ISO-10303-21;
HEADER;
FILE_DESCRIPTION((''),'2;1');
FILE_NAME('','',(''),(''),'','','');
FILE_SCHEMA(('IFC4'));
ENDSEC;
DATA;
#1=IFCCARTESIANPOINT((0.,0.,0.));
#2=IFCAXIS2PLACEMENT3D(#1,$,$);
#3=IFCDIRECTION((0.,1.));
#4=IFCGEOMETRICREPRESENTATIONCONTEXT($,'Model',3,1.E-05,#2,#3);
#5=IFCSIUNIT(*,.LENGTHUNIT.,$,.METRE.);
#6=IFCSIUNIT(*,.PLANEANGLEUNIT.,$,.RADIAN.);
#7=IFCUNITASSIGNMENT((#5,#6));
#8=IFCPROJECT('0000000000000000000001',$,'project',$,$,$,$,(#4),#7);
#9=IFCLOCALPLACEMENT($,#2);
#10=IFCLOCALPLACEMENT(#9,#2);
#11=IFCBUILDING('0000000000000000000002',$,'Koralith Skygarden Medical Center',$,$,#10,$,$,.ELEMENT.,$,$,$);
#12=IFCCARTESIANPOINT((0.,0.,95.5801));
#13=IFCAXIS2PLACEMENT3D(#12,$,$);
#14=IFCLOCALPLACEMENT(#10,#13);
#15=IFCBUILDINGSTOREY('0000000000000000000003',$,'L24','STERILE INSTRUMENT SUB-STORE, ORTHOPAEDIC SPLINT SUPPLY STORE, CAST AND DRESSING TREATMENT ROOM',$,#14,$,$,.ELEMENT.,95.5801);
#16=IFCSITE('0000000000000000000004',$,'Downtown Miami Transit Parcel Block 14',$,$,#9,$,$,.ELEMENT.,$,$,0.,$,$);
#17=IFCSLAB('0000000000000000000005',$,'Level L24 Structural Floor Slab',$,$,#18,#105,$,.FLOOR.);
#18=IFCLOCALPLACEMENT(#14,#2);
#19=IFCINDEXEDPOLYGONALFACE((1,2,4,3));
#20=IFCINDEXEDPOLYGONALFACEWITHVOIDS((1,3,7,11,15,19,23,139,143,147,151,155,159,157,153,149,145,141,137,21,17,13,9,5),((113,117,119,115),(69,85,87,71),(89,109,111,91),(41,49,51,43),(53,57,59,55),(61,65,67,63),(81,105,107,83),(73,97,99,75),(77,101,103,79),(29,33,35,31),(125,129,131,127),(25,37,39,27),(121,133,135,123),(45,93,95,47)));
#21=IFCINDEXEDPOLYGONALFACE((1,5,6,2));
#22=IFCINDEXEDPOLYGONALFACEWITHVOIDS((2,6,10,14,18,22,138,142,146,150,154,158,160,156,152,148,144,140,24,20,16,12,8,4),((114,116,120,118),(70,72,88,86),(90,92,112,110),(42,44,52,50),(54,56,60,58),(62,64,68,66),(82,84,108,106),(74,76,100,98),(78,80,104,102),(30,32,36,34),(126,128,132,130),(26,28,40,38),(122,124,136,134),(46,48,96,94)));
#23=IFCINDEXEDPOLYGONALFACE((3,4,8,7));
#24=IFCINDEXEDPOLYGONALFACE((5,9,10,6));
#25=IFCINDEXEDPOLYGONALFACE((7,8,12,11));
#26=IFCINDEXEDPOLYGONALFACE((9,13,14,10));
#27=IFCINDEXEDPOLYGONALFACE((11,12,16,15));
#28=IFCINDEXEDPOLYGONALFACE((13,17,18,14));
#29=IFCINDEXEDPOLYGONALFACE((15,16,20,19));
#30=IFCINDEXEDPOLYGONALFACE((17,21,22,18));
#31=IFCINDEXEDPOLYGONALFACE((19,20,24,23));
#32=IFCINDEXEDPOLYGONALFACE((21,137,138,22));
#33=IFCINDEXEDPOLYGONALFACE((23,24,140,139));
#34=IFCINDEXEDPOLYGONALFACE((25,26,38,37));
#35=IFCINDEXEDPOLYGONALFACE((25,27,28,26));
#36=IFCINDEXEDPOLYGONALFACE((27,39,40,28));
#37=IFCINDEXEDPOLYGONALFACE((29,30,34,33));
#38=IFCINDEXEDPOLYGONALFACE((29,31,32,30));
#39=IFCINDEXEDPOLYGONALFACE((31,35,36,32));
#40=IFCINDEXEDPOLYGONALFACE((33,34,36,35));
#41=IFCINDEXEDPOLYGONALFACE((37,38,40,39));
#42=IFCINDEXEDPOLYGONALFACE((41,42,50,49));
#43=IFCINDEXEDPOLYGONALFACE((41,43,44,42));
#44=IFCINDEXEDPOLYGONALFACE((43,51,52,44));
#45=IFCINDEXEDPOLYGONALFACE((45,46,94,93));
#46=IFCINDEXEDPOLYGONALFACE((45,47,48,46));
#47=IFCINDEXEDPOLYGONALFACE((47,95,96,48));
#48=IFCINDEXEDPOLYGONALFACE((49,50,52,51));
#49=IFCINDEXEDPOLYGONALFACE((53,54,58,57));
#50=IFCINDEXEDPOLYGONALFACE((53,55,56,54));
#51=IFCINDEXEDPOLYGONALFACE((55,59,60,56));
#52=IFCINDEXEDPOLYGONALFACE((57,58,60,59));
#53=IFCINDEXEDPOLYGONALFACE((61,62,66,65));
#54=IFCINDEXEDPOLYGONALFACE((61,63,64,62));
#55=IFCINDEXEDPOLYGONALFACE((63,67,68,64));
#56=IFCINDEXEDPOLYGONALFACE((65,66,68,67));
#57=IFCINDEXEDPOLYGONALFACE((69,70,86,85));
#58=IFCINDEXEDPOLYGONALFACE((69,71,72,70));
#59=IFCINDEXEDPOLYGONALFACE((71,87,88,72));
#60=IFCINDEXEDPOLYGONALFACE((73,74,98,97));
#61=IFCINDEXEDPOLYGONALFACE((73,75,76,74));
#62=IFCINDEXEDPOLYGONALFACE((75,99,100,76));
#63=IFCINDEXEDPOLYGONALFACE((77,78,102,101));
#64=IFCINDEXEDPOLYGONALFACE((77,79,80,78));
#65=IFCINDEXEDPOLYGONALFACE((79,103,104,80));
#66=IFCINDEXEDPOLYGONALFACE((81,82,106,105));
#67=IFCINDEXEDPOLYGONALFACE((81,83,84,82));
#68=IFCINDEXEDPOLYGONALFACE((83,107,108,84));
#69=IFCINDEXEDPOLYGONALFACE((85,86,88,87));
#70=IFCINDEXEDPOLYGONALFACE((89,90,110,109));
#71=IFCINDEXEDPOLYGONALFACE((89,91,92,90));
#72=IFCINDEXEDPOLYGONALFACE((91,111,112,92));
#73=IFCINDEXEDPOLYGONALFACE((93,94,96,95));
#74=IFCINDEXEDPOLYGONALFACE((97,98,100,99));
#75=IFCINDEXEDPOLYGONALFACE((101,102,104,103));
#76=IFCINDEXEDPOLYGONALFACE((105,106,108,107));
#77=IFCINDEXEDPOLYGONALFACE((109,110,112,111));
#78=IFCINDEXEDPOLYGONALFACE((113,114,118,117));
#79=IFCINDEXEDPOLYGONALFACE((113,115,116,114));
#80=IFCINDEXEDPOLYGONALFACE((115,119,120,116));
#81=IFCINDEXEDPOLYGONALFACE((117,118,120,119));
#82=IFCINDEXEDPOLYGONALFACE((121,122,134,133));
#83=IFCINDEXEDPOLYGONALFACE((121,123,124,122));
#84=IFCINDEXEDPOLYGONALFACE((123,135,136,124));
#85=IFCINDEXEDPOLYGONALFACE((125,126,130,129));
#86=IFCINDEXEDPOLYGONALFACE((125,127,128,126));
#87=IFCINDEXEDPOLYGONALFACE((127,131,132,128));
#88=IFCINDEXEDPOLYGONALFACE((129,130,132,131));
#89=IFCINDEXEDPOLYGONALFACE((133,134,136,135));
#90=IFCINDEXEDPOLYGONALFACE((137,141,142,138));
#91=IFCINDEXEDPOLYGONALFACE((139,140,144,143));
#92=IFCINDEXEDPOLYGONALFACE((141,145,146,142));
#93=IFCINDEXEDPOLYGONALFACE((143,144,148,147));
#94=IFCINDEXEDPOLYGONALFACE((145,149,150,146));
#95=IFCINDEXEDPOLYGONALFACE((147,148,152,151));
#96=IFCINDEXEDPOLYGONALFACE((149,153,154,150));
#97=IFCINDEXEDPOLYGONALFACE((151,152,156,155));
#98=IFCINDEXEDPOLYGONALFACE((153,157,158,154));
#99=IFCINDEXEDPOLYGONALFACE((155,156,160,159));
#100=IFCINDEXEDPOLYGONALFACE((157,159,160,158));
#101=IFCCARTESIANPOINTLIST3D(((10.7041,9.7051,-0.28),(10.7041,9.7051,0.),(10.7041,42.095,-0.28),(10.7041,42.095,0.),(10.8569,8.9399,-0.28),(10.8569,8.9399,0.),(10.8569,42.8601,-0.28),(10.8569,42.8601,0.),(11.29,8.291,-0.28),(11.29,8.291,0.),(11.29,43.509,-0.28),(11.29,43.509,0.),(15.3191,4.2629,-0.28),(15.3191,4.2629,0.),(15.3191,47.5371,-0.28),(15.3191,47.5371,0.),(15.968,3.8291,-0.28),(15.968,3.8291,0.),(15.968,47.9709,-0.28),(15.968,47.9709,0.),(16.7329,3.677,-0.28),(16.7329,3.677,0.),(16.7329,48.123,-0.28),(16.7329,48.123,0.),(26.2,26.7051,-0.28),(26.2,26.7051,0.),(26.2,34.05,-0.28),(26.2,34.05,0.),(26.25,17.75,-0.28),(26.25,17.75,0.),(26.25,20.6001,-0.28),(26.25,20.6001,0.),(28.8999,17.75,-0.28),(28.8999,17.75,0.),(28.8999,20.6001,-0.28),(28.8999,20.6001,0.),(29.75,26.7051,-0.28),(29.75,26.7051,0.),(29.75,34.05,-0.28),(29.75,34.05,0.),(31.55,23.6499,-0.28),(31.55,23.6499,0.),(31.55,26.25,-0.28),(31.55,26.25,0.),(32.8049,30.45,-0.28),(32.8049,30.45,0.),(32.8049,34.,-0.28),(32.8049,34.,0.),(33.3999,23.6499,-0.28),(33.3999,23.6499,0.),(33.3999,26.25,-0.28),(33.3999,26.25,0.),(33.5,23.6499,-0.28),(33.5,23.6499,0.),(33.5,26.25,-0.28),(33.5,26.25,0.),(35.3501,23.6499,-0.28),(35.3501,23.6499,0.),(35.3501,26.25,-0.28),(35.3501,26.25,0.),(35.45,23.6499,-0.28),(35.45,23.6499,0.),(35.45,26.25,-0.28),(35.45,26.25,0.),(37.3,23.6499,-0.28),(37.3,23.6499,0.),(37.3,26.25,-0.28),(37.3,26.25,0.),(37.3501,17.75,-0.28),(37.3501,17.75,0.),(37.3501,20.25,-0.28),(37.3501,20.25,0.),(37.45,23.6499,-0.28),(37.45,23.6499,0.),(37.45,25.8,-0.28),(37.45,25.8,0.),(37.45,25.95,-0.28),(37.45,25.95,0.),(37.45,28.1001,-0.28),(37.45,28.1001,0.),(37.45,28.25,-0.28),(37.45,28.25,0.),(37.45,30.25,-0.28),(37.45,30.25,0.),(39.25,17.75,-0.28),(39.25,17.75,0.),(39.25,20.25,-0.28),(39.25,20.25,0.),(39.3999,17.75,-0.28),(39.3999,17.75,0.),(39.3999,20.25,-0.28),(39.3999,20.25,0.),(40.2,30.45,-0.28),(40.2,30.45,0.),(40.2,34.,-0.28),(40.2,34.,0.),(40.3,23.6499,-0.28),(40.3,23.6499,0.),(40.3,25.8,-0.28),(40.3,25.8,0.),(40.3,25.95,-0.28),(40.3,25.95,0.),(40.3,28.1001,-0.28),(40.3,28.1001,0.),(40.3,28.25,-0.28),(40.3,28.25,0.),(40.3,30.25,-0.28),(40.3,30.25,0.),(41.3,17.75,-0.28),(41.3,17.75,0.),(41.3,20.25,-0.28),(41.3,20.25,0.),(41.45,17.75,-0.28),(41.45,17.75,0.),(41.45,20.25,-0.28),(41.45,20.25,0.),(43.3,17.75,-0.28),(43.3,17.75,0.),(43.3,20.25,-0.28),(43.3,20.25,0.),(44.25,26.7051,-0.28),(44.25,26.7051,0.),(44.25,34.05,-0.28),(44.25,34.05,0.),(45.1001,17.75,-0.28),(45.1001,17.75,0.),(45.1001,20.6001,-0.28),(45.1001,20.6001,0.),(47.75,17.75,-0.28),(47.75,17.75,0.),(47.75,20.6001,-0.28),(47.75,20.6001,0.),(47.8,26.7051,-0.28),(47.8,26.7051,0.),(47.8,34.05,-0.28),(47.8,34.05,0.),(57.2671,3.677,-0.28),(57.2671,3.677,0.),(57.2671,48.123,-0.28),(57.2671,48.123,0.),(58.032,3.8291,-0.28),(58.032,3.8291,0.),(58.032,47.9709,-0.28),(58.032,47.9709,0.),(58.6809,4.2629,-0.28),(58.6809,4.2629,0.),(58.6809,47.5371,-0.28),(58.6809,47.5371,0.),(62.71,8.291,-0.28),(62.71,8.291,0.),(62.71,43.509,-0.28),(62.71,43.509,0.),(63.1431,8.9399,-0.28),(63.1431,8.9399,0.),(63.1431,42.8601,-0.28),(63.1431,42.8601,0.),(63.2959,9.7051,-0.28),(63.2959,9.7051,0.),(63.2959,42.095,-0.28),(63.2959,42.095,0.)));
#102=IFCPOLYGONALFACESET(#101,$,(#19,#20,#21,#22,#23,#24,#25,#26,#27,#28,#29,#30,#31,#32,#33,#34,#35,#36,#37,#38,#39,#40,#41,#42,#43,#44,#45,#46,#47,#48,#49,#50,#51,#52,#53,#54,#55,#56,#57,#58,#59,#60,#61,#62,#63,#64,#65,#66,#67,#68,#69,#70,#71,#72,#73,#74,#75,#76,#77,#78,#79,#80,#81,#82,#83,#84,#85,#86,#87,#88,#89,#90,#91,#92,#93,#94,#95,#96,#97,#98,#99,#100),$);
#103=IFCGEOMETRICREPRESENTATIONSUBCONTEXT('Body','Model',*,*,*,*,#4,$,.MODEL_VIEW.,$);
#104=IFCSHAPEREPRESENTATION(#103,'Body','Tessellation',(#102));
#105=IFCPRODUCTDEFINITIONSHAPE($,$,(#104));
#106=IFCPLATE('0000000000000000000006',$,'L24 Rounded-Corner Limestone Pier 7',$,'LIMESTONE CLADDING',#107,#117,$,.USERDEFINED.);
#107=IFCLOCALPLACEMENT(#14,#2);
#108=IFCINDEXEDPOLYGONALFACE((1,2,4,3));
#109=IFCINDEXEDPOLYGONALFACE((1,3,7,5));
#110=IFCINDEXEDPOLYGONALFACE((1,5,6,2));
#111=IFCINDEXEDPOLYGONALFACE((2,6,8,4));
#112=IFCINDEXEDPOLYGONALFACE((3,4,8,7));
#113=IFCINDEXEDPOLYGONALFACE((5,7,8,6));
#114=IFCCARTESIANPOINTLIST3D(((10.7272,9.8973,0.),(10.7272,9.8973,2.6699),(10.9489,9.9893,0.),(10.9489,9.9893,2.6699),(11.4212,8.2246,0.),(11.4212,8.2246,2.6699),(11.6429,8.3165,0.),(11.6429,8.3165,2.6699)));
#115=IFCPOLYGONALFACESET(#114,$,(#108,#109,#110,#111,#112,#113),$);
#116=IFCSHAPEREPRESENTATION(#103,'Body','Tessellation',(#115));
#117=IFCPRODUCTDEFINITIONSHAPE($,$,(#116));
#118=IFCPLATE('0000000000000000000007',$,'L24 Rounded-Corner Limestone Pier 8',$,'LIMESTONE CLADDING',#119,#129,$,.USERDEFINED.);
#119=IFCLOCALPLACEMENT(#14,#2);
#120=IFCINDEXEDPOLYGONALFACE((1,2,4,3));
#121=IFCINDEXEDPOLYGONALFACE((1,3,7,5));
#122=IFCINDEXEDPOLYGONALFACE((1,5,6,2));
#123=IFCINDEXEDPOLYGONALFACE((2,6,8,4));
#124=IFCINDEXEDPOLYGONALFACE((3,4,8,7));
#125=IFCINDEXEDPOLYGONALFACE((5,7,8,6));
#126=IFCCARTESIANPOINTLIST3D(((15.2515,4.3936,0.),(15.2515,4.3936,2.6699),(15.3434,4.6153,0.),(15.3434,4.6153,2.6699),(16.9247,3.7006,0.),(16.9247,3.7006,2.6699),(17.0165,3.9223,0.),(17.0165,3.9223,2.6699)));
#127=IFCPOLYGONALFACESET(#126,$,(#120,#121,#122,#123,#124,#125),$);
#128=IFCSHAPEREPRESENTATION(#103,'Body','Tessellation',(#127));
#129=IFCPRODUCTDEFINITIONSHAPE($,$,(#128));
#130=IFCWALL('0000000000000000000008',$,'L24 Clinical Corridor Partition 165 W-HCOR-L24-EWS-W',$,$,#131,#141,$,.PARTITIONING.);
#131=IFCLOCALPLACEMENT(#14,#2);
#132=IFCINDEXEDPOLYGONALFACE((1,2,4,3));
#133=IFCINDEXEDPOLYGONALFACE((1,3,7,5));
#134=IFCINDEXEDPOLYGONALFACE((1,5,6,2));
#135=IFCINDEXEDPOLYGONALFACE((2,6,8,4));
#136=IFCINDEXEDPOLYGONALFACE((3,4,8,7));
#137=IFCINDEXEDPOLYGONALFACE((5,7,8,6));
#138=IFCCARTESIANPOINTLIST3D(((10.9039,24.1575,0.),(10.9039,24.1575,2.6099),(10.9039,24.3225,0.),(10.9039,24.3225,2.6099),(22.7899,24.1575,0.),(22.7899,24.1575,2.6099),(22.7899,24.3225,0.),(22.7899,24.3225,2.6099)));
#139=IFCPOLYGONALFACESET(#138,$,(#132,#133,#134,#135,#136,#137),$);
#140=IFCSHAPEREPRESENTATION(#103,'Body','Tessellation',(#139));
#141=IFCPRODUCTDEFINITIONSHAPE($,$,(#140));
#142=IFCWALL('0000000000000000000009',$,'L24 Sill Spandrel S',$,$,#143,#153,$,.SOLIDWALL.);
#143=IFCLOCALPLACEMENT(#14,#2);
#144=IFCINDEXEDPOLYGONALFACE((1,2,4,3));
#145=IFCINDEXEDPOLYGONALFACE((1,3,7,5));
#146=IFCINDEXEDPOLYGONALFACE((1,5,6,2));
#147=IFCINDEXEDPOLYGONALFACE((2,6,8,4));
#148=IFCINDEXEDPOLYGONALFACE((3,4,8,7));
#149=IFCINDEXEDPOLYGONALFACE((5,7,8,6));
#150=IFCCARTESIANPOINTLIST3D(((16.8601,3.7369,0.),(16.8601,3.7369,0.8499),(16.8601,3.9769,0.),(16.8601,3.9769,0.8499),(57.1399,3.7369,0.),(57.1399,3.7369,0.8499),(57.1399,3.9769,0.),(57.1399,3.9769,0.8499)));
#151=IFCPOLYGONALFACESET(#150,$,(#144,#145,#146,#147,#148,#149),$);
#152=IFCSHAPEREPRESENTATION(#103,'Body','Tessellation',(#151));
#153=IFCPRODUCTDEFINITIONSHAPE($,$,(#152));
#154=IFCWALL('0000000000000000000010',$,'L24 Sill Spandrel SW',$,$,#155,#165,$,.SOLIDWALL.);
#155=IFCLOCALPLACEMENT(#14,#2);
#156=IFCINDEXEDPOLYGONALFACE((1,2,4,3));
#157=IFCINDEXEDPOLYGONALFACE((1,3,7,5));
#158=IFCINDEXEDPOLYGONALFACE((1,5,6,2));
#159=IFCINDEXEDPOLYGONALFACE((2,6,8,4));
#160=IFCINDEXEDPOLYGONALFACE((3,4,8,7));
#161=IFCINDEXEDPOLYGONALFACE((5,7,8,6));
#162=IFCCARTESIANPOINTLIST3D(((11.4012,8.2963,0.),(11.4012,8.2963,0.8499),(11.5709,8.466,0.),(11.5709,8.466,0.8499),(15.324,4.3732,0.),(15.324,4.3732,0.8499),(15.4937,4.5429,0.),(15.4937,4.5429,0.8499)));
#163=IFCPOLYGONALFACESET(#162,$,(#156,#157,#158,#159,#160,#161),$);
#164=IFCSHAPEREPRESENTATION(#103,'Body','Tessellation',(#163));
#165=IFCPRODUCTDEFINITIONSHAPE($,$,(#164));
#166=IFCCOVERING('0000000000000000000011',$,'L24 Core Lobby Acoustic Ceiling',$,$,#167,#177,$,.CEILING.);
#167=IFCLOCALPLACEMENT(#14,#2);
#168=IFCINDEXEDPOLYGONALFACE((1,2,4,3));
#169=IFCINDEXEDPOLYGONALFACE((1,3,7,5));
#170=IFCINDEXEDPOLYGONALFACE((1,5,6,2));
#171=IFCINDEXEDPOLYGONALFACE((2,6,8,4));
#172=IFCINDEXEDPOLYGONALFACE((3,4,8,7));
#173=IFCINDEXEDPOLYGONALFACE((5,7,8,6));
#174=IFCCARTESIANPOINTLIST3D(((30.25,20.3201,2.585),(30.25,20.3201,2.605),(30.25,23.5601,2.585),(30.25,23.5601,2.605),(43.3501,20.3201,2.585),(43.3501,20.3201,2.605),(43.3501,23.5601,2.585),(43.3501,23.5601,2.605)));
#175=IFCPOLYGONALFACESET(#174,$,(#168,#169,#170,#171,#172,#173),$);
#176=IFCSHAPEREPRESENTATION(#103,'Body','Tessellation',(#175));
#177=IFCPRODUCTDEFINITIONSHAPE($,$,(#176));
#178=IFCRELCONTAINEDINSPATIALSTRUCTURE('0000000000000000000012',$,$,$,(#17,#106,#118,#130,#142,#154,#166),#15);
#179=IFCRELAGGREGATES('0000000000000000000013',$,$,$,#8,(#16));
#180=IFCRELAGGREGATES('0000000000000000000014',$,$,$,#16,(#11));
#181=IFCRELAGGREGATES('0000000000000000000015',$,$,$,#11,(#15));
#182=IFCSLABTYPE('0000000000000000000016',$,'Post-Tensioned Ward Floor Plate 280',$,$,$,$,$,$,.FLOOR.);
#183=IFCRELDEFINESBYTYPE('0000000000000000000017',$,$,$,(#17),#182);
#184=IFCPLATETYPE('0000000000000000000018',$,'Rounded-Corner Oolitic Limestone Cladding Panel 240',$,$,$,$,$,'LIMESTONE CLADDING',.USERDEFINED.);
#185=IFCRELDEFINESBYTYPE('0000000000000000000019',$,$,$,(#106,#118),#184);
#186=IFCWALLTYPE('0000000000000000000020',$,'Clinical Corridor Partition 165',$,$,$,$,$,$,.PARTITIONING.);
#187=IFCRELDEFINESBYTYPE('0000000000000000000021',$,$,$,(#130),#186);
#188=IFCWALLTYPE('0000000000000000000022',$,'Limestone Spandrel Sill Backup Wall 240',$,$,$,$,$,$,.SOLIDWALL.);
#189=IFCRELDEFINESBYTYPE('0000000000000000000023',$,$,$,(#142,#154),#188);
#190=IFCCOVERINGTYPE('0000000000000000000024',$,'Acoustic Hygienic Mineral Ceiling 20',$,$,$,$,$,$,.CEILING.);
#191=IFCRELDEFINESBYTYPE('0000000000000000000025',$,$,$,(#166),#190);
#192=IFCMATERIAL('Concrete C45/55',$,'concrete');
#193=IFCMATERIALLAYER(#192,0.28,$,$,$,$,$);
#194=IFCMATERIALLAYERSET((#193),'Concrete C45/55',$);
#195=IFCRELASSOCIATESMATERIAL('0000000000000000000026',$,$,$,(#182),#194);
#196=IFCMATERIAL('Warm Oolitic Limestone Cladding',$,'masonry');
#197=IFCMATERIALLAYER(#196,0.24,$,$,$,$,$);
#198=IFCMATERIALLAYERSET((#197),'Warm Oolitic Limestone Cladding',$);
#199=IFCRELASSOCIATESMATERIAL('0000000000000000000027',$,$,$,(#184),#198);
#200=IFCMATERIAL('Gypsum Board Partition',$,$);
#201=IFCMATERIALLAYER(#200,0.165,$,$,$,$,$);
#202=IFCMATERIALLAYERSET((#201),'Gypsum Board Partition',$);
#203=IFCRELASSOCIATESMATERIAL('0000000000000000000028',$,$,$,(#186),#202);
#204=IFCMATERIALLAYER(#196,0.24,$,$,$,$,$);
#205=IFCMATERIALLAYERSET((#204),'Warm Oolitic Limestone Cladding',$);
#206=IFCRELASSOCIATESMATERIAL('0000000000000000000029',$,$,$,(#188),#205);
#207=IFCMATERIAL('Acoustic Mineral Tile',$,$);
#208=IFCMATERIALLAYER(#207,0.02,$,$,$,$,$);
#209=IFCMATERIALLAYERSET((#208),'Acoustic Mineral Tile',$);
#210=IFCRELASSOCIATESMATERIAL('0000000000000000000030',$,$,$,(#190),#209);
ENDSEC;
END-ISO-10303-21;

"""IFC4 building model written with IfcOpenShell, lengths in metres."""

from ifc_helpers import new_model, si_unit, direction, frame, frame_2d, origin, origin_2d, place, context, subcontext, project, spatial, polyline, rectangle, outline, extrude, material, layer, layer_set, type_object, element, save


model = new_model("IFC4")

# Units and contexts
model_context = context("Model", 3, precision=1e-05, world=origin(), true_north=direction((0.0, 1.0)))
body_context = subcontext(model_context, "Body", "Model", "MODEL_VIEW")
ifc_project = project(units=[si_unit("LENGTHUNIT", "METRE"), si_unit("PLANEANGLEUNIT", "RADIAN")], contexts=[model_context])

# Site, building, storey
site_placement = place(None, origin())
site = spatial("IfcSite", under=ifc_project, at=site_placement, Name="Downtown Miami Transit Parcel Block 14", CompositionType="ELEMENT", RefElevation=0.0)
building_placement = place(site_placement, origin())
building = spatial("IfcBuilding", under=site, at=building_placement, Name="Koralith Skygarden Medical Center", CompositionType="ELEMENT")
storey_placement = place(building_placement, frame((0.0, 0.0, 95.5801)))
storey = spatial("IfcBuildingStorey", under=building, at=storey_placement, Name="L24", Description="STERILE INSTRUMENT SUB-STORE, ORTHOPAEDIC SPLINT SUPPLY STORE, CAST AND DRESSING TREATMENT ROOM", CompositionType="ELEMENT", Elevation=95.5801)

# Shared definitions
ifc_material_1 = material(Name="Concrete C45/55", Category="concrete")

# Slab
ifc_layer_1 = layer(ifc_material_1, 0.28)
ifc_layer_set_1 = layer_set([ifc_layer_1], Name="Concrete C45/55")
slab_type_1 = type_object("IfcSlabType", Name="Post-Tensioned Ward Floor Plate 280", PredefinedType="FLOOR", material=ifc_layer_set_1)
slab_1_placement = place(storey_placement, frame((0.0, 0.0, -0.28)))
element("IfcSlab", 1, at=slab_1_placement, inside=storey, type_object=slab_type_1, Name="Level L24 Structural Floor Slab", PredefinedType="FLOOR", context=body_context, shape_type="SweptSolid", body=[
    extrude(outline(polyline([(15.3191, 4.2629), (15.968, 3.8291), (16.7329, 3.677), (57.2671, 3.677), (58.032, 3.8291), (58.6809, 4.2629), (62.71, 8.291), (63.1431, 8.9399), (63.2959, 9.7051), (63.2959, 42.095), (63.1431, 42.8601), (62.71, 43.509), (58.6809, 47.5371), (58.032, 47.9709), (57.2671, 48.123), (16.7329, 48.123), (15.968, 47.9709), (15.3191, 47.5371), (11.29, 43.509), (10.8569, 42.8601), (10.7041, 42.095), (10.7041, 9.7051), (10.8569, 8.9399), (11.29, 8.291), (15.3191, 4.2629)]), holes=[polyline([(26.2, 26.7051), (29.75, 26.7051), (29.75, 34.05), (26.2, 34.05), (26.2, 26.7051)]), polyline([(44.25, 26.7051), (47.8, 26.7051), (47.8, 34.05), (44.25, 34.05), (44.25, 26.7051)]), polyline([(32.8049, 30.45), (40.2, 30.45), (40.2, 34.0), (32.8049, 34.0), (32.8049, 30.45)]), polyline([(26.25, 17.75), (28.8999, 17.75), (28.8999, 20.6001), (26.25, 20.6001), (26.25, 17.75)]), polyline([(45.1001, 17.75), (47.75, 17.75), (47.75, 20.6001), (45.1001, 20.6001), (45.1001, 17.75)]), polyline([(37.3501, 17.75), (39.25, 17.75), (39.25, 20.25), (37.3501, 20.25), (37.3501, 17.75)]), polyline([(39.3999, 17.75), (41.3, 17.75), (41.3, 20.25), (39.3999, 20.25), (39.3999, 17.75)]), polyline([(41.45, 17.75), (43.3, 17.75), (43.3, 20.25), (41.45, 20.25), (41.45, 17.75)]), polyline([(31.55, 23.6499), (33.3999, 23.6499), (33.3999, 26.25), (31.55, 26.25), (31.55, 23.6499)]), polyline([(33.5, 23.6499), (35.3501, 23.6499), (35.3501, 26.25), (33.5, 26.25), (33.5, 23.6499)]), polyline([(35.45, 23.6499), (37.3, 23.6499), (37.3, 26.25), (35.45, 26.25), (35.45, 23.6499)]), polyline([(37.45, 23.6499), (40.3, 23.6499), (40.3, 25.8), (37.45, 25.8), (37.45, 23.6499)]), polyline([(37.45, 25.95), (40.3, 25.95), (40.3, 28.1001), (37.45, 28.1001), (37.45, 25.95)]), polyline([(37.45, 28.25), (40.3, 28.25), (40.3, 30.25), (37.45, 30.25), (37.45, 28.25)])]), origin(), (0.0, 0.0, 1.0), 0.28),
])

# Plates
ifc_material_2 = material(Name="Warm Oolitic Limestone Cladding", Category="masonry")
ifc_layer_2 = layer(ifc_material_2, 0.24)
ifc_layer_set_2 = layer_set([ifc_layer_2], Name="Warm Oolitic Limestone Cladding")
plate_type_1 = type_object("IfcPlateType", Name="Rounded-Corner Oolitic Limestone Cladding Panel 240", ElementType="LIMESTONE CLADDING", PredefinedType="USERDEFINED", material=ifc_layer_set_2)
for number, where, z_axis, x_axis, name in (
    (2, (11.1851, 9.1069, 0.0), (0.0, 0.0, 1.0), (0.383214, -0.92366, 0.0), "L24 Rounded-Corner Limestone Pier 7"),
    (3, (16.134, 4.158, 0.0), (0.0, 0.0, 1.0), (0.923885, -0.382671, 0.0), "L24 Rounded-Corner Limestone Pier 8"),
):
    element("IfcPlate", number, at=place(storey_placement, frame(where, z_axis=z_axis, x_axis=x_axis)), inside=storey, type_object=plate_type_1, Name=name, ObjectType="LIMESTONE CLADDING", PredefinedType="USERDEFINED", context=body_context, shape_type="SweptSolid", body=[
        extrude(rectangle(XDim=1.811, YDim=0.24, at=origin_2d()), origin(), (0.0, 0.0, 1.0), 2.6699),
    ])

# Wall
ifc_material_3 = material(Name="Gypsum Board Partition")
ifc_layer_3 = layer(ifc_material_3, 0.165)
ifc_layer_set_3 = layer_set([ifc_layer_3], Name="Gypsum Board Partition")
wall_type_1 = type_object("IfcWallType", Name="Clinical Corridor Partition 165", PredefinedType="PARTITIONING", material=ifc_layer_set_3)
wall_1_placement = place(storey_placement, frame((10.9041, 24.24, 0.0), z_axis=(0.0, 0.0, 1.0), x_axis=(1.0, 0.0, 0.0)))
element("IfcWall", 4, at=wall_1_placement, inside=storey, type_object=wall_type_1, Name="L24 Clinical Corridor Partition 165 W-HCOR-L24-EWS-W", PredefinedType="PARTITIONING", context=body_context, shape_type="SweptSolid", body=[
    extrude(rectangle(XDim=11.886, YDim=0.165, at=frame_2d((5.9429, 0.0))), origin(), (0.0, 0.0, 1.0), 2.6099),
])

# Walls
ifc_layer_4 = layer(ifc_material_2, 0.24)
ifc_layer_set_4 = layer_set([ifc_layer_4], Name="Warm Oolitic Limestone Cladding")
wall_type_2 = type_object("IfcWallType", Name="Limestone Spandrel Sill Backup Wall 240", PredefinedType="SOLIDWALL", material=ifc_layer_set_4)
wall_2_placement = place(storey_placement, frame((16.8601, 3.8569, 0.0), z_axis=(0.0, 0.0, 1.0), x_axis=(1.0, 0.0, 0.0)))
element("IfcWall", 5, at=wall_2_placement, inside=storey, type_object=wall_type_2, Name="L24 Sill Spandrel S", PredefinedType="SOLIDWALL", context=body_context, shape_type="SweptSolid", body=[
    extrude(rectangle(XDim=40.2798, YDim=0.24, at=frame_2d((20.1399, 0.0))), origin(), (0.0, 0.0, 1.0), 0.8499),
])
wall_3_placement = place(storey_placement, frame((11.4861, 8.3811, 0.0), z_axis=(0.0, 0.0, 1.0), x_axis=(0.707085, -0.707129, 0.0)))
element("IfcWall", 6, at=wall_3_placement, inside=storey, type_object=wall_type_2, Name="L24 Sill Spandrel SW", PredefinedType="SOLIDWALL", context=body_context, shape_type="SweptSolid", body=[
    extrude(rectangle(XDim=5.5479, YDim=0.24, at=frame_2d((2.7739, 0.0))), origin(), (0.0, 0.0, 1.0), 0.8499),
])

# Covering
ifc_material_4 = material(Name="Acoustic Mineral Tile")
ifc_layer_5 = layer(ifc_material_4, 0.02)
ifc_layer_set_5 = layer_set([ifc_layer_5], Name="Acoustic Mineral Tile")
covering_type_1 = type_object("IfcCoveringType", Name="Acoustic Hygienic Mineral Ceiling 20", PredefinedType="CEILING", material=ifc_layer_set_5)
covering_1_placement = place(storey_placement, frame((0.0, 0.0, 2.585)))
element("IfcCovering", 7, at=covering_1_placement, inside=storey, type_object=covering_type_1, Name="L24 Core Lobby Acoustic Ceiling", PredefinedType="CEILING", context=body_context, shape_type="SweptSolid", body=[
    extrude(outline(polyline([(30.25, 20.3201), (43.3501, 20.3201), (43.3501, 23.5601), (30.25, 23.5601), (30.25, 20.3201)])), origin(), (0.0, 0.0, 1.0), 0.02),
])

save(model, "model.ifc")
